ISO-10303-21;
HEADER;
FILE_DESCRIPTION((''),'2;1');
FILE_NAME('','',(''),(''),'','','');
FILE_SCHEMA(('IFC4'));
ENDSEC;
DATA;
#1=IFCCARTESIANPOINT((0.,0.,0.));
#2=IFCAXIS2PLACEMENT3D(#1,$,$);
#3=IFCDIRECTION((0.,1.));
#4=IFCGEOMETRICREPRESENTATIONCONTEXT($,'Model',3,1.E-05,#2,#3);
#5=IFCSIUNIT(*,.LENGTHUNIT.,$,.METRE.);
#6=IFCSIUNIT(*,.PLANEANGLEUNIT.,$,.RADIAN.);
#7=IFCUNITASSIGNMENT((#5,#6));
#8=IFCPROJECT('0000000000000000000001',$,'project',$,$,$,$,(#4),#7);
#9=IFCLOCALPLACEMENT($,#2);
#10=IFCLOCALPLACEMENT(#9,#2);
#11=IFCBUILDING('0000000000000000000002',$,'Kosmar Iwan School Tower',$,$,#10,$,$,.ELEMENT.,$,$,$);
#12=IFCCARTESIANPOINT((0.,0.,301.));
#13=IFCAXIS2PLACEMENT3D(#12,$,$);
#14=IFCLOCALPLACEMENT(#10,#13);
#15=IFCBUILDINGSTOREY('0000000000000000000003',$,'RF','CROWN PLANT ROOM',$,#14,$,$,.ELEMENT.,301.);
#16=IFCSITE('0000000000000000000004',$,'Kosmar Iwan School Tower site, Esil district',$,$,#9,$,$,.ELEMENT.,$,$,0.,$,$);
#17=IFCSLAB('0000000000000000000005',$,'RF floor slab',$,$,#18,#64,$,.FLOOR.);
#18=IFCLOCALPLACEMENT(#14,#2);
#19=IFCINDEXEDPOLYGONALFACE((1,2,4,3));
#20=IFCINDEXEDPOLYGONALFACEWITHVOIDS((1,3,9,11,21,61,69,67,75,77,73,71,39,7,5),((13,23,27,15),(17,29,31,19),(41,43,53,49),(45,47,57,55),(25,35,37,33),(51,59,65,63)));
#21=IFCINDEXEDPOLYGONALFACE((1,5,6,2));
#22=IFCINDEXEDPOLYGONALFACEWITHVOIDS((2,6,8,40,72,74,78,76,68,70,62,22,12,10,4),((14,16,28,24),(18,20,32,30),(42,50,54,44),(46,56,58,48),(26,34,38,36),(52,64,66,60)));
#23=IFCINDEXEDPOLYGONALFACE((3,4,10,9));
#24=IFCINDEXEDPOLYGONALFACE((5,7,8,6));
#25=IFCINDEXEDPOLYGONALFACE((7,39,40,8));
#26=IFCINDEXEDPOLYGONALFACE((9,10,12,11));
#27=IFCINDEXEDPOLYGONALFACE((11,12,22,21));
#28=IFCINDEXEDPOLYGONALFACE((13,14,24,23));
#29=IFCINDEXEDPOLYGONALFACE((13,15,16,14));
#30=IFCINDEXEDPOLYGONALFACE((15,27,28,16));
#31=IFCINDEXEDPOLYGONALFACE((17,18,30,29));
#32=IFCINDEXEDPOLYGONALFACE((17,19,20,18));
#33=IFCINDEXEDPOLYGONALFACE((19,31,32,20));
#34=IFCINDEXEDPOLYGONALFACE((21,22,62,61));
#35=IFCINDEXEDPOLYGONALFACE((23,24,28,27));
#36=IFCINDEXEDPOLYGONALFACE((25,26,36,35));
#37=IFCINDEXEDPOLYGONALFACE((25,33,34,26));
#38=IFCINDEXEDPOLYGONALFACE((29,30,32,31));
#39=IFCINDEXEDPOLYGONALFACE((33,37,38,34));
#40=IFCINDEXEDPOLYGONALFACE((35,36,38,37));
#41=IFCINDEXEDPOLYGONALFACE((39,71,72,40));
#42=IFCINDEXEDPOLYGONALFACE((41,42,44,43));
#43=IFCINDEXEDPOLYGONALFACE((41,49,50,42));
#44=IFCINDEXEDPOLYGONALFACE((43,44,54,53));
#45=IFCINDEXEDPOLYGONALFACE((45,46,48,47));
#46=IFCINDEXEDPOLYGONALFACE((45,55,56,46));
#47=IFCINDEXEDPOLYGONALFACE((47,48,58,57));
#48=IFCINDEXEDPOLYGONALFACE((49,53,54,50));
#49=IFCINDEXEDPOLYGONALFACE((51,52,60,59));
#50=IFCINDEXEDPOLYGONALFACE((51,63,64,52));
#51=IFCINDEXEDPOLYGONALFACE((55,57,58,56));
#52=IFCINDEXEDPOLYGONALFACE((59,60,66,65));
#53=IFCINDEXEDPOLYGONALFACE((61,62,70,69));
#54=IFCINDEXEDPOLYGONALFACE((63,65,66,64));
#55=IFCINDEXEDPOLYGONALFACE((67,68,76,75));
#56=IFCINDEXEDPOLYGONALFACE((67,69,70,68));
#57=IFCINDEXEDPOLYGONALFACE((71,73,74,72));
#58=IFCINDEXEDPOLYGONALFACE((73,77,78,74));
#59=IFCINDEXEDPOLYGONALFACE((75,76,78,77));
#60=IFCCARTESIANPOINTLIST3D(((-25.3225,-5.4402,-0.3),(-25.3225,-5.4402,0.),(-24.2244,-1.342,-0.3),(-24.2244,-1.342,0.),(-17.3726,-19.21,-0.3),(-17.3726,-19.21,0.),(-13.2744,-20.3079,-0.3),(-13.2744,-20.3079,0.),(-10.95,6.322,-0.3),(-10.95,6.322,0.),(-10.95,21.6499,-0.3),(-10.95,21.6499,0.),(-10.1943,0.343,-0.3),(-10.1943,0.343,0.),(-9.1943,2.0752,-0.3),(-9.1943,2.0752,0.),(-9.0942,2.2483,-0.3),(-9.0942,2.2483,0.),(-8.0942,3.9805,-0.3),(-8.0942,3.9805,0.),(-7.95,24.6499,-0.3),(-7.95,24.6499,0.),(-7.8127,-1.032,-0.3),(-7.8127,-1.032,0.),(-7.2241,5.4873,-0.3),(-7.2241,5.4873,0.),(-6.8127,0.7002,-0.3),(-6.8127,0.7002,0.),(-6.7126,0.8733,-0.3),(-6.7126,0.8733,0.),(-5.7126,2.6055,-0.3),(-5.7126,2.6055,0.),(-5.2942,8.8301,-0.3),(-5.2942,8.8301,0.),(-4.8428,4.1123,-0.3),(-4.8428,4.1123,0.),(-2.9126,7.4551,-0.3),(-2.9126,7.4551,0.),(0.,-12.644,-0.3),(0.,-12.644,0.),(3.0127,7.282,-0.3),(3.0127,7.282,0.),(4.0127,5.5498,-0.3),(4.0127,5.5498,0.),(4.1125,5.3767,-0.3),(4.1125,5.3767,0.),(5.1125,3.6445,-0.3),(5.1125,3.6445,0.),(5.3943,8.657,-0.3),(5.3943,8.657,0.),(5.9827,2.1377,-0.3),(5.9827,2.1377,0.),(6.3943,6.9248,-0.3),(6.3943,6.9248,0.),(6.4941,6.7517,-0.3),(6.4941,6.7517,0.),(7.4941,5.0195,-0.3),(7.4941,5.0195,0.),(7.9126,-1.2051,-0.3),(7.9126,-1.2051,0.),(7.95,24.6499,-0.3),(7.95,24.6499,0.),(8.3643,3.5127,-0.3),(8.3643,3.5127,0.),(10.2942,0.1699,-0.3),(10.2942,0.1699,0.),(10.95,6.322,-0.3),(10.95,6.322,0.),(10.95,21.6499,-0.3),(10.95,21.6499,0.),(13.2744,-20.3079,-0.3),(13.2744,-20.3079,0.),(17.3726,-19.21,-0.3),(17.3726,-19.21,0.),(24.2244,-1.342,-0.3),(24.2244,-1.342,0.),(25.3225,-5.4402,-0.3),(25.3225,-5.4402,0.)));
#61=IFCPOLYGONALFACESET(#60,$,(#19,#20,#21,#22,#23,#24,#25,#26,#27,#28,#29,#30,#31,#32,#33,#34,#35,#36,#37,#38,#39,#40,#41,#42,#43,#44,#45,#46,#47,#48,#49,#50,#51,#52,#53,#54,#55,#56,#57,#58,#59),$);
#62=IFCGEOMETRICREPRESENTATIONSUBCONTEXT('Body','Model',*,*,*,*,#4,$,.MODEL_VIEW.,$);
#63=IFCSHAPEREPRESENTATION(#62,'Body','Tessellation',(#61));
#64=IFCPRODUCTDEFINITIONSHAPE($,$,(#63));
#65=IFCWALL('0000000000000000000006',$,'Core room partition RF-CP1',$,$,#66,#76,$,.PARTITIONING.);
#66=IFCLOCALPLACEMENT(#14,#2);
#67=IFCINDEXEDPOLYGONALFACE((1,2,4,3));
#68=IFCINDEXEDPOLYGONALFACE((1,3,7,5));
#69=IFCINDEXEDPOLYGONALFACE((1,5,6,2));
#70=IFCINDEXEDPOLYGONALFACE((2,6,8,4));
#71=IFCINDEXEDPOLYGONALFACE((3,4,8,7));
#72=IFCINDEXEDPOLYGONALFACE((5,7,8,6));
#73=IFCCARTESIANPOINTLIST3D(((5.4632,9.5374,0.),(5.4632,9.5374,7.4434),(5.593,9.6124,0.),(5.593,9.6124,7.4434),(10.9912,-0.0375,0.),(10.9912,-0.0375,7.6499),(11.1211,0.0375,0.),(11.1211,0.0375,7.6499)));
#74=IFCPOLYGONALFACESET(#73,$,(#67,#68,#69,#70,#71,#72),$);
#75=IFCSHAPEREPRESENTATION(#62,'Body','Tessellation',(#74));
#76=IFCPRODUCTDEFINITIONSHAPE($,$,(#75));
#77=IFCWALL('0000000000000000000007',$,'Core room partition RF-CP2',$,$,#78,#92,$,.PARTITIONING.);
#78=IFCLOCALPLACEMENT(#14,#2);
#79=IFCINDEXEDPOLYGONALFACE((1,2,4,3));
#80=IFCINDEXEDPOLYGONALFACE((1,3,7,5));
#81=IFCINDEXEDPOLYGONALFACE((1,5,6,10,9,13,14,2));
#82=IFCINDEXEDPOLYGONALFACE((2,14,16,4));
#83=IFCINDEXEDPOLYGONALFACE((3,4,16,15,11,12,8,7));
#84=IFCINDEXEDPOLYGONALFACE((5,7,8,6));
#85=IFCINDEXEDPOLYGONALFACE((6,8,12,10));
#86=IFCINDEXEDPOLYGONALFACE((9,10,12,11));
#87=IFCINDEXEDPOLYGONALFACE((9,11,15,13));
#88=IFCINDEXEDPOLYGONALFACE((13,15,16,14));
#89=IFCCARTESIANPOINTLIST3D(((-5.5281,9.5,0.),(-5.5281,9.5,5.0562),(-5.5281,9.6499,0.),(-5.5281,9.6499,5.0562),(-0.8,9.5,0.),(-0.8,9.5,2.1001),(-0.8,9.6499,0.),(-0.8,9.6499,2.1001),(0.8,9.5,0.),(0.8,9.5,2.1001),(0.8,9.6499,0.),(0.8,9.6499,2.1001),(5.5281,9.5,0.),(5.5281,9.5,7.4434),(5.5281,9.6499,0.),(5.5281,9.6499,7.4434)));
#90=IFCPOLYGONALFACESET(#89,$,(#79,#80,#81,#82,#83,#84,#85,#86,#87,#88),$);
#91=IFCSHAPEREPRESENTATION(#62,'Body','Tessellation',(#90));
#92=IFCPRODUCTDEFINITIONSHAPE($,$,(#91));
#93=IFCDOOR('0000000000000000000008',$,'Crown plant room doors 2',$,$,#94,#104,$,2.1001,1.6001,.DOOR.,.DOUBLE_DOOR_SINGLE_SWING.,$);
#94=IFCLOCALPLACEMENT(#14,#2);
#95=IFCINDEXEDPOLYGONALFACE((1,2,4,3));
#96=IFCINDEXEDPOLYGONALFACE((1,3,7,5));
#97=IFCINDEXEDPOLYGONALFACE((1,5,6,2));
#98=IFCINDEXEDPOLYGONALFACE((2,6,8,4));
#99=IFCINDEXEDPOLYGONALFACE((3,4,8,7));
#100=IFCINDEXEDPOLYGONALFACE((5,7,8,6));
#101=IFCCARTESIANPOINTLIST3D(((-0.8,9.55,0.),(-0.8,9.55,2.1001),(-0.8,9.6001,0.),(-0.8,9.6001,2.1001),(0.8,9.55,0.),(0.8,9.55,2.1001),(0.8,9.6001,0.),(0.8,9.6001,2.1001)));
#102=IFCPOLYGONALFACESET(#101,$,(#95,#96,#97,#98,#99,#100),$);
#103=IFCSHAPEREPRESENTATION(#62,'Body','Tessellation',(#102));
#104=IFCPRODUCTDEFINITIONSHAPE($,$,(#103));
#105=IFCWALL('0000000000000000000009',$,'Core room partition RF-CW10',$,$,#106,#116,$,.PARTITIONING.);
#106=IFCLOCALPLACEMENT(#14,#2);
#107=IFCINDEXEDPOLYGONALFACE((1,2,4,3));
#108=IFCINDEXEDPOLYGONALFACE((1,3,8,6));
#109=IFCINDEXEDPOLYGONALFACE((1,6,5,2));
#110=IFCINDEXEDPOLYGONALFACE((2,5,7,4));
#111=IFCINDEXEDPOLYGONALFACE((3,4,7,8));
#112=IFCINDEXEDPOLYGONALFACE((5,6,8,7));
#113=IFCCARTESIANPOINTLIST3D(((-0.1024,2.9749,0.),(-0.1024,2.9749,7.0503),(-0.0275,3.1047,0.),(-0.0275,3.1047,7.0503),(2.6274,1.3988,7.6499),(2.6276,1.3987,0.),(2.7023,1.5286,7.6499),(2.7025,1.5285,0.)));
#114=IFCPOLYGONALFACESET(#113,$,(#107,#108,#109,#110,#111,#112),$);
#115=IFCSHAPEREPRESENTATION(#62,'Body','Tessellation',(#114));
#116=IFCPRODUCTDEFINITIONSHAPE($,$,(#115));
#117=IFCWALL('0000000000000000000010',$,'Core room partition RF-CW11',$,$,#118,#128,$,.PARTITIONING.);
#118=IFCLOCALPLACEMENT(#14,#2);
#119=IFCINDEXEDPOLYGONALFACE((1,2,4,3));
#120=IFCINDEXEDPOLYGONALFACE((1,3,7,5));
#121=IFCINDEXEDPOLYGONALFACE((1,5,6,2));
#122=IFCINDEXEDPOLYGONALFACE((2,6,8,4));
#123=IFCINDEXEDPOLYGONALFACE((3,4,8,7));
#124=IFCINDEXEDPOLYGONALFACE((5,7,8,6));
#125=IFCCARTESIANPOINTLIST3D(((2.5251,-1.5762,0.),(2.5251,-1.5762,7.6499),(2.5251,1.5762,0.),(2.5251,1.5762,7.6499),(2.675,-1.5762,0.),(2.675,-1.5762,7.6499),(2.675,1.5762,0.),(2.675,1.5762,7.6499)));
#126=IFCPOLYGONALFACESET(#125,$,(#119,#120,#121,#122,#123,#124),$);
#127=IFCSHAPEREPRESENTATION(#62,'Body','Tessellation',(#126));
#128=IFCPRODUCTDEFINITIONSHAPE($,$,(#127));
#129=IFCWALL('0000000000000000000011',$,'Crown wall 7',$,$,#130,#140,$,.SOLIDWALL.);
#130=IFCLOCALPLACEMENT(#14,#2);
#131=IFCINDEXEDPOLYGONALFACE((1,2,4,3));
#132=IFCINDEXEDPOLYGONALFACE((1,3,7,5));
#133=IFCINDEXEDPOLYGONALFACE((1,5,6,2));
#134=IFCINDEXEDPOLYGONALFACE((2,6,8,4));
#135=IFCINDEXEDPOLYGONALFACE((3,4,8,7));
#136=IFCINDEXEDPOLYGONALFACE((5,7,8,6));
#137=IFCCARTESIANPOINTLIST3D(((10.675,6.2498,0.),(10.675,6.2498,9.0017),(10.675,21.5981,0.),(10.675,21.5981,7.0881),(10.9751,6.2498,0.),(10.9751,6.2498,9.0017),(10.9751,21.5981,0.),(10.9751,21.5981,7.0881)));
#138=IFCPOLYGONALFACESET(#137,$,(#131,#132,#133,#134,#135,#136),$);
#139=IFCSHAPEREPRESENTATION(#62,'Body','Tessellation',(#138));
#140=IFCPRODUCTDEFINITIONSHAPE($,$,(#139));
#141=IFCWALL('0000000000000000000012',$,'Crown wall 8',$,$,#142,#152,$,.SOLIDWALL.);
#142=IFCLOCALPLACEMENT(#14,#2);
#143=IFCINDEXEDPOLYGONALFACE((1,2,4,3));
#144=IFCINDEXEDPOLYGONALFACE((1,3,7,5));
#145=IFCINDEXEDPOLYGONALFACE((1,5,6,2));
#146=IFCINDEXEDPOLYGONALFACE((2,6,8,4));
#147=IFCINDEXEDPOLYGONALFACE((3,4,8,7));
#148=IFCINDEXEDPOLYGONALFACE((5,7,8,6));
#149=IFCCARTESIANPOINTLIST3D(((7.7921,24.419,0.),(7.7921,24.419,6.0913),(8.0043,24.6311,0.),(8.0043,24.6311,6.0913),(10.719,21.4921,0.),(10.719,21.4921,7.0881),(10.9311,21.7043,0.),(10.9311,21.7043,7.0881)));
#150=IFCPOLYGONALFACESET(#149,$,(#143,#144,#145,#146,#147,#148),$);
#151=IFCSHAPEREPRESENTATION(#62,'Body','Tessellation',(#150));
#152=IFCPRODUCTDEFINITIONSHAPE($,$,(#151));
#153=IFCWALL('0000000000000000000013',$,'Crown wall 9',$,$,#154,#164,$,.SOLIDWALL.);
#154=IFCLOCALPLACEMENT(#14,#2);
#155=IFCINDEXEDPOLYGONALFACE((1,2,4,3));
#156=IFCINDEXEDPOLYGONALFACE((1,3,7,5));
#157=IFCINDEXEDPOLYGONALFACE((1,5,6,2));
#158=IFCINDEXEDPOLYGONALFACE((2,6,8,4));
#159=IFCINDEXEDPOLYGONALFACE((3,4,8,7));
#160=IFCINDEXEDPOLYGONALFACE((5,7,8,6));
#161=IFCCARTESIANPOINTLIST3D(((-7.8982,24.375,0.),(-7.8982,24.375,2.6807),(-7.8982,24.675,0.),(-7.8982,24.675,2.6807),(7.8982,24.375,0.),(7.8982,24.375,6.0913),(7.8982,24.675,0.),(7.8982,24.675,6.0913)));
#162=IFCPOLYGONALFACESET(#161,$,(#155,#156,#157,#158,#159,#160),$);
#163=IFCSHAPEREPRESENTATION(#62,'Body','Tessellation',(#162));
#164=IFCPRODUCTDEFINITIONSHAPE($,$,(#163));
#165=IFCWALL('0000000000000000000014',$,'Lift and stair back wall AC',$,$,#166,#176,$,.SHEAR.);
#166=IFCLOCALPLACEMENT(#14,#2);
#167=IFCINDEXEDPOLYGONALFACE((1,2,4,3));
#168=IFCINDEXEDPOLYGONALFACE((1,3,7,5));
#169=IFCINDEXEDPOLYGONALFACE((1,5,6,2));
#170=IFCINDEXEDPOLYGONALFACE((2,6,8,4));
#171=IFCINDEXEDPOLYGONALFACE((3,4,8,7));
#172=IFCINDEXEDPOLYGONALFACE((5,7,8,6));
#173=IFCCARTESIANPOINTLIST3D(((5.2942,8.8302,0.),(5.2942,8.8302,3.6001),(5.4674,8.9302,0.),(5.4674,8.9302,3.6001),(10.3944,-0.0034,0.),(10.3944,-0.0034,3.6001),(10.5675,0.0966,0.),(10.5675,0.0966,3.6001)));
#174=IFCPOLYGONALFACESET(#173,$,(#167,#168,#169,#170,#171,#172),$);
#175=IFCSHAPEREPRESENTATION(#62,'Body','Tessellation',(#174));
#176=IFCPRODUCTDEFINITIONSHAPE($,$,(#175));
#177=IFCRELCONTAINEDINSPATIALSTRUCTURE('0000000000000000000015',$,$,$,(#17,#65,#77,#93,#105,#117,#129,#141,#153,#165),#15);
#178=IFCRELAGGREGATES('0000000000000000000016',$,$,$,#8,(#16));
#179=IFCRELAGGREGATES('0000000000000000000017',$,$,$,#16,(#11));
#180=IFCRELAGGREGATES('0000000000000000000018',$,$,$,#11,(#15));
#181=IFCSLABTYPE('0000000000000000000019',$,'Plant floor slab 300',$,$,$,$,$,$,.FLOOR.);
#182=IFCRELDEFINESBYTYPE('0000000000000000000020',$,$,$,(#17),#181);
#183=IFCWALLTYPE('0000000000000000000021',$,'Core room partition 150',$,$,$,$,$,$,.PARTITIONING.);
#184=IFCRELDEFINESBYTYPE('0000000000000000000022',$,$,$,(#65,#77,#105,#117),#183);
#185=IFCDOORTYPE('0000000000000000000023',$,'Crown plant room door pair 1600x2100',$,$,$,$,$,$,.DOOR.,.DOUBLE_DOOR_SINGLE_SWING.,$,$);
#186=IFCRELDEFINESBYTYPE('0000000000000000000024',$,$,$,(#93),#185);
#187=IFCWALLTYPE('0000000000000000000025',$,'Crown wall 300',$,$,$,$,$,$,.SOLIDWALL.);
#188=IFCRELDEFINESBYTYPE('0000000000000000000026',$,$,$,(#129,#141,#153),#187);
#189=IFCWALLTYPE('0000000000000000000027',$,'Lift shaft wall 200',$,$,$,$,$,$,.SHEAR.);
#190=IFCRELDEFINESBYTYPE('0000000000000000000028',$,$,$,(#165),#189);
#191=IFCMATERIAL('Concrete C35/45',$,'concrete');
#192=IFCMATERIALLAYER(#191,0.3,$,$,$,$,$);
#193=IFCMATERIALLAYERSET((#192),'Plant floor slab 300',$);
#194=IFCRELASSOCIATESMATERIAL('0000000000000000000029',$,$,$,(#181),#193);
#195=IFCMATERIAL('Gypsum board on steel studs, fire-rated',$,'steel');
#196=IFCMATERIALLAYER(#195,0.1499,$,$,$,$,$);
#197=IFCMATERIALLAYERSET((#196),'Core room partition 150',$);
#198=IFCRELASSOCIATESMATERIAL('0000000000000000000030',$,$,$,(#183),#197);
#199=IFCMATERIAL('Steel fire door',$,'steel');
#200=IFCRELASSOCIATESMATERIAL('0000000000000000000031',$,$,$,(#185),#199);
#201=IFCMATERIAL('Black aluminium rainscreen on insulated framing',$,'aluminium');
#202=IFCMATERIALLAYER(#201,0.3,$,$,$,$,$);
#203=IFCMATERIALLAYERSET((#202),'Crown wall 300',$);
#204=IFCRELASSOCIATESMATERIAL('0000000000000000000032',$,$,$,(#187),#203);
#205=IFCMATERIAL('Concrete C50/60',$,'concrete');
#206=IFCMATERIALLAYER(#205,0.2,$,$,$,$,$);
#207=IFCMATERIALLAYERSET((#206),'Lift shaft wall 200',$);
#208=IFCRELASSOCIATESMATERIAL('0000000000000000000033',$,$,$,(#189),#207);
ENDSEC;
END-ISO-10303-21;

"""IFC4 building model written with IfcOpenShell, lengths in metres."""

from ifc_helpers import new_model, si_unit, direction, frame, frame_2d, origin, place, context, subcontext, project, spatial, polyline, rectangle, outline, extrude, material, layer, layer_set, type_object, element, fill, save


model = new_model("IFC4")

# Units and contexts
model_context = context("Model", 3, precision=1e-05, world=origin(), true_north=direction((0.0, 1.0)))
body_context = subcontext(model_context, "Body", "Model", "MODEL_VIEW")
ifc_project = project(units=[si_unit("LENGTHUNIT", "METRE"), si_unit("PLANEANGLEUNIT", "RADIAN")], contexts=[model_context])

# Site, building, storey
site_placement = place(None, origin())
site = spatial("IfcSite", under=ifc_project, at=site_placement, Name="Kosmar Iwan School Tower site, Esil district", CompositionType="ELEMENT", RefElevation=0.0)
building_placement = place(site_placement, origin())
building = spatial("IfcBuilding", under=site, at=building_placement, Name="Kosmar Iwan School Tower", CompositionType="ELEMENT")
storey_placement = place(building_placement, frame((0.0, 0.0, 301.0)))
storey = spatial("IfcBuildingStorey", under=building, at=storey_placement, Name="RF", Description="CROWN PLANT ROOM", CompositionType="ELEMENT", Elevation=301.0)

# Slab
ifc_material_1 = material(Name="Concrete C35/45", Category="concrete")
ifc_layer_1 = layer(ifc_material_1, 0.3)
ifc_layer_set_1 = layer_set([ifc_layer_1], Name="Plant floor slab 300")
slab_type_1 = type_object("IfcSlabType", Name="Plant floor slab 300", PredefinedType="FLOOR", material=ifc_layer_set_1)
slab_1_placement = place(storey_placement, frame((0.0, 0.0, -0.3)))
element("IfcSlab", 1, at=slab_1_placement, inside=storey, type_object=slab_type_1, Name="RF floor slab", PredefinedType="FLOOR", context=body_context, shape_type="SweptSolid", body=[
    extrude(outline(polyline([(-13.2744, -20.3079), (0.0, -12.644), (13.2744, -20.3079), (17.3726, -19.21), (25.3225, -5.4402), (24.2244, -1.342), (10.95, 6.322), (10.95, 21.6499), (7.95, 24.6499), (-7.95, 24.6499), (-10.95, 21.6499), (-10.95, 6.322), (-24.2244, -1.342), (-25.3225, -5.4402), (-17.3726, -19.21), (-13.2744, -20.3079)]), holes=[polyline([(7.9126, -1.2051), (10.2942, 0.1699), (8.3643, 3.5127), (5.9827, 2.1377), (7.9126, -1.2051)]), polyline([(-2.9126, 7.4551), (-5.2942, 8.8301), (-7.2241, 5.4873), (-4.8428, 4.1123), (-2.9126, 7.4551)]), polyline([(-5.7126, 2.6055), (-8.0942, 3.9805), (-9.0942, 2.2483), (-6.7126, 0.8733), (-5.7126, 2.6055)]), polyline([(-6.8127, 0.7002), (-9.1943, 2.0752), (-10.1943, 0.343), (-7.8127, -1.032), (-6.8127, 0.7002)]), polyline([(5.1125, 3.6445), (7.4941, 5.0195), (6.4941, 6.7517), (4.1125, 5.3767), (5.1125, 3.6445)]), polyline([(4.0127, 5.5498), (6.3943, 6.9248), (5.3943, 8.657), (3.0127, 7.282), (4.0127, 5.5498)])]), origin(), (0.0, 0.0, 1.0), 0.3),
])

# Wall
ifc_material_2 = material(Name="Gypsum board on steel studs, fire-rated", Category="steel")
ifc_layer_2 = layer(ifc_material_2, 0.1499)
ifc_layer_set_2 = layer_set([ifc_layer_2], Name="Core room partition 150")
wall_type_1 = type_object("IfcWallType", Name="Core room partition 150", PredefinedType="PARTITIONING", material=ifc_layer_set_2)
wall_1_placement = place(storey_placement, frame((11.0562, 0.0, 0.0), z_axis=(0.0, 0.0, 1.0), x_axis=(-0.499998, 0.866026, 0.0)))
element("IfcWall", 2, at=wall_1_placement, inside=storey, type_object=wall_type_1, Name="Core room partition RF-CP1", PredefinedType="PARTITIONING", context=body_context, shape_type="SweptSolid", body=[
    extrude(outline(polyline([(0.0, 0.0), (11.0562, 0.0), (11.0562, 7.4434), (0.0, 7.6499), (0.0, 0.0)])), frame((0.0, 0.075, 0.0), z_axis=(0.0, -1.0, 0.0), x_axis=(1.0, 0.0, 0.0)), (0.0, 0.0, 1.0), 0.1499),
])

# Wall, opening, door
wall_2_placement = place(storey_placement, frame((5.5281, 9.575, 0.0), z_axis=(0.0, 0.0, 1.0), x_axis=(-1.0, 0.0, 0.0)))
wall_2 = element("IfcWall", 3, at=wall_2_placement, inside=storey, type_object=wall_type_1, Name="Core room partition RF-CP2", PredefinedType="PARTITIONING", context=body_context, shape_type="SweptSolid", body=[
    extrude(outline(polyline([(0.0, 0.0), (11.0562, 0.0), (11.0562, 5.0562), (0.0, 7.4434), (0.0, 0.0)])), frame((0.0, 0.075, 0.0), z_axis=(0.0, -1.0, 0.0), x_axis=(1.0, 0.0, 0.0)), (0.0, 0.0, 1.0), 0.1499),
])
opening_placement = place(wall_2_placement, frame((4.728, 0.0, 0.0)))
opening = element("IfcOpeningElement", 4, at=opening_placement, cuts=wall_2, PredefinedType="OPENING", context=body_context, shape_type="SweptSolid", body=[
    extrude(rectangle(XDim=1.6001, YDim=2.1001, at=frame_2d((0.8, 1.05))), frame((0.0, 0.0869, 0.0), z_axis=(0.0, -1.0, 0.0), x_axis=(1.0, 0.0, 0.0)), (0.0, 0.0, 1.0), 0.1738),
])
ifc_material_3 = material(Name="Steel fire door", Category="steel")
door_type = type_object("IfcDoorType", Name="Crown plant room door pair 1600x2100", OperationType="DOUBLE_DOOR_SINGLE_SWING", PredefinedType="DOOR", material=ifc_material_3)
door_placement = place(opening_placement, origin())
door = element("IfcDoor", 5, at=door_placement, inside=storey, type_object=door_type, Name="Crown plant room doors 2", OperationType="DOUBLE_DOOR_SINGLE_SWING", OverallHeight=2.1001, OverallWidth=1.6001, PredefinedType="DOOR", context=body_context, shape_type="SweptSolid", body=[
    extrude(rectangle(XDim=1.6001, YDim=2.1001, at=frame_2d((0.8, 1.05))), frame((0.0, 0.0249, 0.0), z_axis=(0.0, -1.0, 0.0), x_axis=(1.0, 0.0, 0.0)), (0.0, 0.0, 1.0), 0.05),
])
fill(opening, door)

# Walls
wall_3_placement = place(storey_placement, frame((-0.0649, 3.0398, 0.0), z_axis=(0.0, 0.0, 1.0), x_axis=(0.866023, -0.500004, 0.0)))
element("IfcWall", 6, at=wall_3_placement, inside=storey, type_object=wall_type_1, Name="Core room partition RF-CW10", PredefinedType="PARTITIONING", context=body_context, shape_type="SweptSolid", body=[
    extrude(outline(polyline([(0.0, 0.0), (3.1523, 0.0), (3.1521, 7.6499), (0.0, 7.0503), (0.0, 0.0)])), frame((0.0, 0.075, 0.0), z_axis=(0.0, -1.0, 0.0), x_axis=(1.0, 0.0, 0.0)), (0.0, 0.0, 1.0), 0.1499),
])
wall_4_placement = place(storey_placement, frame((2.6001, 1.5762, 0.0), z_axis=(0.0, 0.0, 1.0), x_axis=(0.0, -1.0, 0.0)))
element("IfcWall", 7, at=wall_4_placement, inside=storey, type_object=wall_type_1, Name="Core room partition RF-CW11", PredefinedType="PARTITIONING", context=body_context, shape_type="SweptSolid", body=[
    extrude(rectangle(XDim=3.1523, YDim=0.1499, at=frame_2d((1.5762, 0.0))), origin(), (0.0, 0.0, 1.0), 7.6499),
])
ifc_material_4 = material(Name="Black aluminium rainscreen on insulated framing", Category="aluminium")
ifc_layer_3 = layer(ifc_material_4, 0.3)
ifc_layer_set_3 = layer_set([ifc_layer_3], Name="Crown wall 300")
wall_type_2 = type_object("IfcWallType", Name="Crown wall 300", PredefinedType="SOLIDWALL", material=ifc_layer_set_3)
wall_5_placement = place(storey_placement, frame((10.825, 6.2498, 0.0), z_axis=(0.0, 0.0, 1.0), x_axis=(0.0, 1.0, 0.0)))
element("IfcWall", 8, at=wall_5_placement, inside=storey, type_object=wall_type_2, Name="Crown wall 7", PredefinedType="SOLIDWALL", context=body_context, shape_type="SweptSolid", body=[
    extrude(outline(polyline([(0.0, 0.0), (15.3484, 0.0), (15.3484, 7.0881), (0.0, 9.0017), (0.0, 0.0)])), frame((0.0, 0.1499, 0.0), z_axis=(0.0, -1.0, 0.0), x_axis=(1.0, 0.0, 0.0)), (0.0, 0.0, 1.0), 0.3),
])
wall_6_placement = place(storey_placement, frame((10.825, 21.5981, 0.0), z_axis=(0.0, 0.0, 1.0), x_axis=(-0.707107, 0.707107, 0.0)))
element("IfcWall", 9, at=wall_6_placement, inside=storey, type_object=wall_type_2, Name="Crown wall 8", PredefinedType="SOLIDWALL", context=body_context, shape_type="SweptSolid", body=[
    extrude(outline(polyline([(0.0, 0.0), (4.1392, 0.0), (4.1392, 6.0913), (0.0, 7.0881), (0.0, 0.0)])), frame((0.0, 0.1499, 0.0), z_axis=(0.0, -1.0, 0.0), x_axis=(1.0, 0.0, 0.0)), (0.0, 0.0, 1.0), 0.3),
])
wall_7_placement = place(storey_placement, frame((7.8982, 24.5249, 0.0), z_axis=(0.0, 0.0, 1.0), x_axis=(-1.0, 0.0, 0.0)))
element("IfcWall", 10, at=wall_7_placement, inside=storey, type_object=wall_type_2, Name="Crown wall 9", PredefinedType="SOLIDWALL", context=body_context, shape_type="SweptSolid", body=[
    extrude(outline(polyline([(0.0, 0.0), (15.7964, 0.0), (15.7964, 2.6807), (0.0, 6.0913), (0.0, 0.0)])), frame((0.0, 0.1499, 0.0), z_axis=(0.0, -1.0, 0.0), x_axis=(1.0, 0.0, 0.0)), (0.0, 0.0, 1.0), 0.3),
])
ifc_material_5 = material(Name="Concrete C50/60", Category="concrete")
ifc_layer_4 = layer(ifc_material_5, 0.2)
ifc_layer_set_4 = layer_set([ifc_layer_4], Name="Lift shaft wall 200")
wall_type_3 = type_object("IfcWallType", Name="Lift shaft wall 200", PredefinedType="SHEAR", material=ifc_layer_set_4)
wall_8_placement = place(storey_placement, frame((10.481, 0.0466, 0.0), z_axis=(0.0, 0.0, 1.0), x_axis=(-0.500006, 0.866022, 0.0)))
element("IfcWall", 11, at=wall_8_placement, inside=storey, type_object=wall_type_3, Name="Lift and stair back wall AC", PredefinedType="SHEAR", context=body_context, shape_type="SweptSolid", body=[
    extrude(rectangle(XDim=10.2002, YDim=0.2, at=frame_2d((5.1001, 0.0))), origin(), (0.0, 0.0, 1.0), 3.6001),
])

save(model, "model.ifc")
